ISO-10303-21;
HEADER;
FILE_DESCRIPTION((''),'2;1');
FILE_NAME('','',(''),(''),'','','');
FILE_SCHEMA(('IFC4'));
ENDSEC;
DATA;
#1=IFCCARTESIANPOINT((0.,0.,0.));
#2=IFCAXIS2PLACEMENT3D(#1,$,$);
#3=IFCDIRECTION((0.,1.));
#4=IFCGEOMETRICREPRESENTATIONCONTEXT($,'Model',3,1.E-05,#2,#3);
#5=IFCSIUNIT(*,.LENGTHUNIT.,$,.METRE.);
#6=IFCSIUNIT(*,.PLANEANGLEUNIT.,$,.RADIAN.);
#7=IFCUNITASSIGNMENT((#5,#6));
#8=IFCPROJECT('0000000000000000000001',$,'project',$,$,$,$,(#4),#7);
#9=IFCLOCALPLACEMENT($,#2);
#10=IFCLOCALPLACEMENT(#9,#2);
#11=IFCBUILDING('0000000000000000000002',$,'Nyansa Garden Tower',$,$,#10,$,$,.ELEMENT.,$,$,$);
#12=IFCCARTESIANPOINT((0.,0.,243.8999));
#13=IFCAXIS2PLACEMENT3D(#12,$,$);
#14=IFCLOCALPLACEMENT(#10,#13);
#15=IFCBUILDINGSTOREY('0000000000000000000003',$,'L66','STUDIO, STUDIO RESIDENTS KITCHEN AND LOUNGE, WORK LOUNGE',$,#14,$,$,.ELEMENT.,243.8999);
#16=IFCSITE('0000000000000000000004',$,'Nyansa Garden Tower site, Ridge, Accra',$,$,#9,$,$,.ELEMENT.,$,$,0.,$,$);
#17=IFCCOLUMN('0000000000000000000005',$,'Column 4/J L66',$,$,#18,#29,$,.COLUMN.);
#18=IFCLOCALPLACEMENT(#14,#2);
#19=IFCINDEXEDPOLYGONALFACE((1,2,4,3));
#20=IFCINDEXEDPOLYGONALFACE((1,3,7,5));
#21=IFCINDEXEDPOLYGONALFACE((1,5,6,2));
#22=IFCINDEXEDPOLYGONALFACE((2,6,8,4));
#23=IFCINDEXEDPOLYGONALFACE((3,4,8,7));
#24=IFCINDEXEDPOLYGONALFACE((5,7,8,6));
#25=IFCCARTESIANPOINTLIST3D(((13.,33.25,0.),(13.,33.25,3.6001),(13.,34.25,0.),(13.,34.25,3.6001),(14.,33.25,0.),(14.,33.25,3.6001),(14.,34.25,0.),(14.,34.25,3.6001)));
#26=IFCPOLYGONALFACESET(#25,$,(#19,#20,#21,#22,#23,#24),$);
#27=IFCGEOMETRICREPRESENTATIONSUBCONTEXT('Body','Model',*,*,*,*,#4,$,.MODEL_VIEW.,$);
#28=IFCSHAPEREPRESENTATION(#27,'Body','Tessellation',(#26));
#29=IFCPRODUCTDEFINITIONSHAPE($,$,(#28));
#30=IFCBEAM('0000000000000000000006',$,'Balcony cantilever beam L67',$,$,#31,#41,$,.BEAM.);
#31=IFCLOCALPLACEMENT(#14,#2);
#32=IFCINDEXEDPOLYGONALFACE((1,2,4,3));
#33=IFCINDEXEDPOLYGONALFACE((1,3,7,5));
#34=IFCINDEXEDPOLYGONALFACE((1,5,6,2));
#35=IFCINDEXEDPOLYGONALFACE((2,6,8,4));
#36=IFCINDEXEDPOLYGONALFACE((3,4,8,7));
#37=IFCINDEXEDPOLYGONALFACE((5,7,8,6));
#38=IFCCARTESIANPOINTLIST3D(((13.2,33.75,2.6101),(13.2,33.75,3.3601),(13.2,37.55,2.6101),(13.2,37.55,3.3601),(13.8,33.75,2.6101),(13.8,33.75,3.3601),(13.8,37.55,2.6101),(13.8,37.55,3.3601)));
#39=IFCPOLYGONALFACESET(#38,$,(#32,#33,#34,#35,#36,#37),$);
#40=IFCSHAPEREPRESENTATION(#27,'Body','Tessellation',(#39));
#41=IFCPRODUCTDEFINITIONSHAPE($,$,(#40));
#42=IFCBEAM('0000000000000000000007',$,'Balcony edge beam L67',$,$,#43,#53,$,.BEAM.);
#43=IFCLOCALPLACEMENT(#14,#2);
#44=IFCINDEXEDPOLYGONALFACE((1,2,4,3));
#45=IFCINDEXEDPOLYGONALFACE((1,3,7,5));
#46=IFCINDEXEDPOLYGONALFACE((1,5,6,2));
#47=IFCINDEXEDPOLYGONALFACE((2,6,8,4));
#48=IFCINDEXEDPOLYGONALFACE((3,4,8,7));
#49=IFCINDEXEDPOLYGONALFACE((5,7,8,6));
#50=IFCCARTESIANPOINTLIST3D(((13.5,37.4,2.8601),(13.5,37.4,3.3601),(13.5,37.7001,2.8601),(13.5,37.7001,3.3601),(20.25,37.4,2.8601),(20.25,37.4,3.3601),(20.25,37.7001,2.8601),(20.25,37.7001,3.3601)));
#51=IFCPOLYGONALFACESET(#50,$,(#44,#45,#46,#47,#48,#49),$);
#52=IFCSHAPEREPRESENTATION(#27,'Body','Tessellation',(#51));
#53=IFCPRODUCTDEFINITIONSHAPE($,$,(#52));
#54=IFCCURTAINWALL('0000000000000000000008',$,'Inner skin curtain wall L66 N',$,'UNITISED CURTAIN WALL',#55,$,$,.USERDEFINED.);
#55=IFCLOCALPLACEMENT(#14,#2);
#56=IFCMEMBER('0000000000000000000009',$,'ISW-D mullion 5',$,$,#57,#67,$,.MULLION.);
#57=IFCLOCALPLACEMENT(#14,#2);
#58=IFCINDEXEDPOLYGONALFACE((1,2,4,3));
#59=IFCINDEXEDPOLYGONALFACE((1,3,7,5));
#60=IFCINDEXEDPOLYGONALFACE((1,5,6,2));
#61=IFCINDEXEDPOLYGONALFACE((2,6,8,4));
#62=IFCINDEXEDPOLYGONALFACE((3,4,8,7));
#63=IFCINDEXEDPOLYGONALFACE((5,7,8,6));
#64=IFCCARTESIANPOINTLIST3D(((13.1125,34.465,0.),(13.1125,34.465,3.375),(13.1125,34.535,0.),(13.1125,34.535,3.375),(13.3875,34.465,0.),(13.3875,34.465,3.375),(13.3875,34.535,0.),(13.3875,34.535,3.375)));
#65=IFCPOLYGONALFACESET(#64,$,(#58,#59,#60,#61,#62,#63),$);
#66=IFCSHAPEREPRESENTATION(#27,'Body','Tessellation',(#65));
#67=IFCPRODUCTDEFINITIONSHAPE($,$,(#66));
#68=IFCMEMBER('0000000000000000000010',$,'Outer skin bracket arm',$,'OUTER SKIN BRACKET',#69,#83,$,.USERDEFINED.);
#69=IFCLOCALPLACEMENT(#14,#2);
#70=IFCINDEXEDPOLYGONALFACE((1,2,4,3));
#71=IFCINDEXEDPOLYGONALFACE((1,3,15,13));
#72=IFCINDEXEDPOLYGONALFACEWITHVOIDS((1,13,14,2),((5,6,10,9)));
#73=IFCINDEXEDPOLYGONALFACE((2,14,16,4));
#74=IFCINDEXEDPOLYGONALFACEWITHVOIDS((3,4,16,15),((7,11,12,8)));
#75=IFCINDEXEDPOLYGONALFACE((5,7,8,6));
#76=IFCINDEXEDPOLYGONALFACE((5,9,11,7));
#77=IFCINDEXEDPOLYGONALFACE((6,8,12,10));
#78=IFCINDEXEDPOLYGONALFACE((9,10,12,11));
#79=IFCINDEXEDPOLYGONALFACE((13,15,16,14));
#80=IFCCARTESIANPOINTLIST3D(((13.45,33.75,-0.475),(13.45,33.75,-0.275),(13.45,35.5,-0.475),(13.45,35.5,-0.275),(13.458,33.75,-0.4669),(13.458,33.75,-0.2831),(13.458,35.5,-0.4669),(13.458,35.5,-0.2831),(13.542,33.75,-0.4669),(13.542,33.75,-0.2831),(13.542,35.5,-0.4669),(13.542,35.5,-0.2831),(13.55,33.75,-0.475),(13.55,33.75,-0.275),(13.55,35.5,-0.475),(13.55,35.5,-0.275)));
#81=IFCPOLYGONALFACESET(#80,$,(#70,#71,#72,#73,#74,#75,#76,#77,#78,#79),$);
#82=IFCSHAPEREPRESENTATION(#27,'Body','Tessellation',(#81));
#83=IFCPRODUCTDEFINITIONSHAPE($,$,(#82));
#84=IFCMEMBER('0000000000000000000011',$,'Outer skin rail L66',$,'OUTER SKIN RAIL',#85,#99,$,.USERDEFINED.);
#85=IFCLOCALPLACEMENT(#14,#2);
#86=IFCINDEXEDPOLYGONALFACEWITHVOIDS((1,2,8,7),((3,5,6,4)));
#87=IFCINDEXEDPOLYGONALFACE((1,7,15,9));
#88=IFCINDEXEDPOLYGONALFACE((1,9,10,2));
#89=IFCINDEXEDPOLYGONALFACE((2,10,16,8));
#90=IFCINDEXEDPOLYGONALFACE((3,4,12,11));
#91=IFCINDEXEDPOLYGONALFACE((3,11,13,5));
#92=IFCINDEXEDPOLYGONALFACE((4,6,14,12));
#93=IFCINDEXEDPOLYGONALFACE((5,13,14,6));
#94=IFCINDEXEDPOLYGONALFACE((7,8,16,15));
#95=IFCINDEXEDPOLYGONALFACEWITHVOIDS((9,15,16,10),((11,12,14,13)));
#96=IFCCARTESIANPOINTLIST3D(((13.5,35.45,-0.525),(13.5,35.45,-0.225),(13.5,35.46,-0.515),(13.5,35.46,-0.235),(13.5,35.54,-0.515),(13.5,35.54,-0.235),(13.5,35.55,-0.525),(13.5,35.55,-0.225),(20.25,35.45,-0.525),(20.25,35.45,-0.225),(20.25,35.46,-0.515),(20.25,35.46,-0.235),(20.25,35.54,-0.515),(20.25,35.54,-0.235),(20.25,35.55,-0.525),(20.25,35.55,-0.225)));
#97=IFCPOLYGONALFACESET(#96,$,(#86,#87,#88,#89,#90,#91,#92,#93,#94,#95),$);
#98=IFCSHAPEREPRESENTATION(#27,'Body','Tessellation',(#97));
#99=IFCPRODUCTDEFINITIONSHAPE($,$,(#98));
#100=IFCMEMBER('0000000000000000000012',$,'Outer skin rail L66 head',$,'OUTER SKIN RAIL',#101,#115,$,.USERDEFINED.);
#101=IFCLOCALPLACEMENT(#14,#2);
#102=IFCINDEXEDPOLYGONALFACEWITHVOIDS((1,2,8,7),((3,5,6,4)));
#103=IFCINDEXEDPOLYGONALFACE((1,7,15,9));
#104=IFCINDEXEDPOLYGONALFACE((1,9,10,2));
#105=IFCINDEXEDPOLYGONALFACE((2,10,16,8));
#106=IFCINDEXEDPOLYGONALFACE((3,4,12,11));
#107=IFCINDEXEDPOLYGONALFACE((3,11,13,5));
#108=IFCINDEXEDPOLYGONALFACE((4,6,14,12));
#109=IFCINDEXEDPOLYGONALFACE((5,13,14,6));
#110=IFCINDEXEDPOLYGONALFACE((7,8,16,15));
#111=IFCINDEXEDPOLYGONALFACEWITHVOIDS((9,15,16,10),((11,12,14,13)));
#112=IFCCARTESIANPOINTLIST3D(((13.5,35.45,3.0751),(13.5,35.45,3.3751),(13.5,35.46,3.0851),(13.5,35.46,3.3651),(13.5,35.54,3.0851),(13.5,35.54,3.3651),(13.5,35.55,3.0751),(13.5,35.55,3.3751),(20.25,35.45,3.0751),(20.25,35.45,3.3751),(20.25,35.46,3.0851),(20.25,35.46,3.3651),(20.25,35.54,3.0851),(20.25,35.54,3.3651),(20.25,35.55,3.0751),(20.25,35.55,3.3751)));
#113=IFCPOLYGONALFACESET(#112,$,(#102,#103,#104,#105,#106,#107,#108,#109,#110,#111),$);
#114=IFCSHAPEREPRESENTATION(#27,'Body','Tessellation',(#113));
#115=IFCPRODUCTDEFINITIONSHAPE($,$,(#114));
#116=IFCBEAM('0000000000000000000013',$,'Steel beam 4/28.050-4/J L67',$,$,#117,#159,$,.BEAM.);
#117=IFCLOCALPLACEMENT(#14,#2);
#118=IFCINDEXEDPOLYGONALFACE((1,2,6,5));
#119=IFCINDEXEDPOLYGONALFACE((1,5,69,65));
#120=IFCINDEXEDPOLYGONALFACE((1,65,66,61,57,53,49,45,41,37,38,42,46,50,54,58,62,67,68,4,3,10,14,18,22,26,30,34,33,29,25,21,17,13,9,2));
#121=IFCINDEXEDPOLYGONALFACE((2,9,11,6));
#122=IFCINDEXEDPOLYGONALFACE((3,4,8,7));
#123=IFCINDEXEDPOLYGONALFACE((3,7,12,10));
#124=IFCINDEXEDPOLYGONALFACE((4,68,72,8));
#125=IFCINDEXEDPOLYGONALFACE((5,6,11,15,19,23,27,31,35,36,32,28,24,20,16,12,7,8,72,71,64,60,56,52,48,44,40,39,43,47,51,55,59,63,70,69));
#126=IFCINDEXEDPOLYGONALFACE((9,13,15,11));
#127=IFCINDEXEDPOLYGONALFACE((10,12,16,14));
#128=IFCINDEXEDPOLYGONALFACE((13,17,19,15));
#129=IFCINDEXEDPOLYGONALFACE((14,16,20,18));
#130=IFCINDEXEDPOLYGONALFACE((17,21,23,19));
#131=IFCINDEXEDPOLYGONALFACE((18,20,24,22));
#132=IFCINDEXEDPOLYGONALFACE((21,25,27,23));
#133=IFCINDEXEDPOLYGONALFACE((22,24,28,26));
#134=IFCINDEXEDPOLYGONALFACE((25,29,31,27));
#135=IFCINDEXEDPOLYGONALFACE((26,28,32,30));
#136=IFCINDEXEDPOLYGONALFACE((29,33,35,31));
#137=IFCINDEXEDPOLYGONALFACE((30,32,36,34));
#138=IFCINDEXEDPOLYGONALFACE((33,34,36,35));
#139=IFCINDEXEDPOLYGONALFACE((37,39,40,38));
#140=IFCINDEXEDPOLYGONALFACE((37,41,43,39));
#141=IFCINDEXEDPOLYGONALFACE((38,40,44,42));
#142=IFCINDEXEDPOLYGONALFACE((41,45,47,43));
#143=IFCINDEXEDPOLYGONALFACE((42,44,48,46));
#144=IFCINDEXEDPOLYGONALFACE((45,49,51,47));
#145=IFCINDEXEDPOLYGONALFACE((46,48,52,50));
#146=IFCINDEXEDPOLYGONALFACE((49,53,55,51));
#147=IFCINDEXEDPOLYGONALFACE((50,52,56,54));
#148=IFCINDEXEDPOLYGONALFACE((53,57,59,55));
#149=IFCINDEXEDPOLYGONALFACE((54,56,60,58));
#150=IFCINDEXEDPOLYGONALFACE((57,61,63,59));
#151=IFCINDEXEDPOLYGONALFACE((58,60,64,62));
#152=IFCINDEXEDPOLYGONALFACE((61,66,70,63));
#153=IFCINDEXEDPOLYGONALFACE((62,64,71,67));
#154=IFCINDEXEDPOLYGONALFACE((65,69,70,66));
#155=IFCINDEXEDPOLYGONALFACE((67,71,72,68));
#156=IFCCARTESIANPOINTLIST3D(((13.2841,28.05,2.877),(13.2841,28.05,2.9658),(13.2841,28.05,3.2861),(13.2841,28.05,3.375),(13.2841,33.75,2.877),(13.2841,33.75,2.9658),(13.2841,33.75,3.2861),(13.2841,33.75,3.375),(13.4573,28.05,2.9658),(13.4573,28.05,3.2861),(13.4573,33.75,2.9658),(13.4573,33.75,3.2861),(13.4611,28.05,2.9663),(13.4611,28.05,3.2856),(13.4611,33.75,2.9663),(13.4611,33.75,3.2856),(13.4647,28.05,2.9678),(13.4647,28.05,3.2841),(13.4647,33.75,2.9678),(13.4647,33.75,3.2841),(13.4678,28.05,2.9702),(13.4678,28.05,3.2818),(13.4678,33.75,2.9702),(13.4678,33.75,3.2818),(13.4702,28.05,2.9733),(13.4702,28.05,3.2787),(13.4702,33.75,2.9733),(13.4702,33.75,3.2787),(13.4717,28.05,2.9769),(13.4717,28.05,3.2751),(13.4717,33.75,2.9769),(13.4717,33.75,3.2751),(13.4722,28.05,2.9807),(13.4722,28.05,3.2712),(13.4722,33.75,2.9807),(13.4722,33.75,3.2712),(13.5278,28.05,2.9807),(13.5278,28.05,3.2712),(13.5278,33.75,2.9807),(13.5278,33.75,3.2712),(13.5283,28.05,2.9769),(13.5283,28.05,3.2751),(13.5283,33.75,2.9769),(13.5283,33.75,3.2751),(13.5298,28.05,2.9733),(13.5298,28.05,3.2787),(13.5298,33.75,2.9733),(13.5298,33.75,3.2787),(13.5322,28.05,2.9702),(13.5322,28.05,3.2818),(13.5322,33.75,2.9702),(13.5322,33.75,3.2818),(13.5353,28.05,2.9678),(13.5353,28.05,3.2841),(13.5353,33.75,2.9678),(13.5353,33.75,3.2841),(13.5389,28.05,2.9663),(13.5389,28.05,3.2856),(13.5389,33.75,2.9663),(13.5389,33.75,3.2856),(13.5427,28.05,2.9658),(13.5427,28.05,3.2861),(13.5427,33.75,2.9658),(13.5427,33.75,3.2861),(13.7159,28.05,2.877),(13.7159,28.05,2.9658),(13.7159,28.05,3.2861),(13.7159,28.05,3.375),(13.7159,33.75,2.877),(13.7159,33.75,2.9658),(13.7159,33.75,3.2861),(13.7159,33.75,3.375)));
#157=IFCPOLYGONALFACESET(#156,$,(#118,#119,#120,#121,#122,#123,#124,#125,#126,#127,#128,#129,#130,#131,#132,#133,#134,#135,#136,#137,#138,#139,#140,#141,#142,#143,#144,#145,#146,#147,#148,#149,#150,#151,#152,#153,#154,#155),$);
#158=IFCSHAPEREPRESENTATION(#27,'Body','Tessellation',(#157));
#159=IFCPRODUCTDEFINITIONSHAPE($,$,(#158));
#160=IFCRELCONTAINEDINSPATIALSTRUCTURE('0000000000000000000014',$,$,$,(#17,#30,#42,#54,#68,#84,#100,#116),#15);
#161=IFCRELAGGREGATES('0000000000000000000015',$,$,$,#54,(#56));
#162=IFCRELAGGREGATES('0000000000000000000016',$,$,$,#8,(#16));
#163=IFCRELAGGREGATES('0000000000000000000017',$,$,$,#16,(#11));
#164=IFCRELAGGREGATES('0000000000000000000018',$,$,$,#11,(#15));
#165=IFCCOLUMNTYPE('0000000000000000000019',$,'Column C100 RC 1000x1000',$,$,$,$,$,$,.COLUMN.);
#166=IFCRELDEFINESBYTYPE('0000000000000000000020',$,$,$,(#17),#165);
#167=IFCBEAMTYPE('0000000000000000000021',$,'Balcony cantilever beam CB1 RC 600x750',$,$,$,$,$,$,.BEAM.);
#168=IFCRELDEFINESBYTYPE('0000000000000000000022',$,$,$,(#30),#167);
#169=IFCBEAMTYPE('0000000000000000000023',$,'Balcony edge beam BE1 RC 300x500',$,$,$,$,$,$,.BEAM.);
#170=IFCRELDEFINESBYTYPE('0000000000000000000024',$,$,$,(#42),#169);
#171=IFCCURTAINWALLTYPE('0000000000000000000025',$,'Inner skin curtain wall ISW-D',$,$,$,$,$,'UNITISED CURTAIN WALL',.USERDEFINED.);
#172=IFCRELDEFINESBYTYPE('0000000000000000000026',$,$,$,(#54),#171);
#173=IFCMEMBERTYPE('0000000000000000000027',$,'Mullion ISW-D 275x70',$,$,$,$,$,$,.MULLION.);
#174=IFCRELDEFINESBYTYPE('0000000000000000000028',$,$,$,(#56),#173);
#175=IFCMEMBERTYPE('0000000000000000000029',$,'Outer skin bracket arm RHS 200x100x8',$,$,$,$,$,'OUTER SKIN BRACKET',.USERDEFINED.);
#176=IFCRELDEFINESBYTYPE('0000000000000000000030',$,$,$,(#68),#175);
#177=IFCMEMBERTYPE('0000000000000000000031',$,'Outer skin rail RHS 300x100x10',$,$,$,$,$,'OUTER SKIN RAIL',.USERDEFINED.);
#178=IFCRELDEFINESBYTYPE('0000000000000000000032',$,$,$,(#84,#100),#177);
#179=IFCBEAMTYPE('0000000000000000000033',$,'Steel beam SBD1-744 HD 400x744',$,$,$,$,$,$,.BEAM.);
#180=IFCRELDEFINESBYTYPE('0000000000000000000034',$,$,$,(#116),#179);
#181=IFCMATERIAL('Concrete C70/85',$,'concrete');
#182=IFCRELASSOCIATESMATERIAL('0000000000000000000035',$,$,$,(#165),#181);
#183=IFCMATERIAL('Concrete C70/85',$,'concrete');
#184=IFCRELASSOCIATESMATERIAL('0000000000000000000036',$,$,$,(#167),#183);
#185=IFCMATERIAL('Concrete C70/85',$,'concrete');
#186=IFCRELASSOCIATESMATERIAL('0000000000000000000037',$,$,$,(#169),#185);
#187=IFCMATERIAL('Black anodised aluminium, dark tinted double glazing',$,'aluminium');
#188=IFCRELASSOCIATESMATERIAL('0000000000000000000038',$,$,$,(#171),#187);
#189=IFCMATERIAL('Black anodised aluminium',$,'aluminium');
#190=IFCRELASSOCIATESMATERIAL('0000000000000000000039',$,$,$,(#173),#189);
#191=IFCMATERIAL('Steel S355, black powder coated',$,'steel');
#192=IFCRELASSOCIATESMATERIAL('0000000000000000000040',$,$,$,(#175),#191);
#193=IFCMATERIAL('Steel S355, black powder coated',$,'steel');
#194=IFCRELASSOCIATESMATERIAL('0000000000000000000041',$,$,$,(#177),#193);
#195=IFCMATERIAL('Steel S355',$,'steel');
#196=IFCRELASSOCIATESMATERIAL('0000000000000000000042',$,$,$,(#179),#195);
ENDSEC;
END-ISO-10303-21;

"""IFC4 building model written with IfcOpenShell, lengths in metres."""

from ifc_helpers import new_model, si_unit, direction, frame, origin, origin_2d, place, context, subcontext, project, spatial, rectangle, hollow_rectangle, i_section, extrude, material, material_profile, profile_set, type_object, element, aggregate, save


model = new_model("IFC4")

# Units and contexts
model_context = context("Model", 3, precision=1e-05, world=origin(), true_north=direction((0.0, 1.0)))
body_context = subcontext(model_context, "Body", "Model", "MODEL_VIEW")
ifc_project = project(units=[si_unit("LENGTHUNIT", "METRE"), si_unit("PLANEANGLEUNIT", "RADIAN")], contexts=[model_context])

# Site, building, storey
site_placement = place(None, origin())
site = spatial("IfcSite", under=ifc_project, at=site_placement, Name="Nyansa Garden Tower site, Ridge, Accra", CompositionType="ELEMENT", RefElevation=0.0)
building_placement = place(site_placement, origin())
building = spatial("IfcBuilding", under=site, at=building_placement, Name="Nyansa Garden Tower", CompositionType="ELEMENT")
storey_placement = place(building_placement, frame((0.0, 0.0, 243.8999)))
storey = spatial("IfcBuildingStorey", under=building, at=storey_placement, Name="L66", Description="STUDIO, STUDIO RESIDENTS KITCHEN AND LOUNGE, WORK LOUNGE", CompositionType="ELEMENT", Elevation=243.8999)

# Column
ifc_material_1 = material(Name="Concrete C70/85", Category="concrete")
ifc_material_profile_1 = material_profile(ifc_material_1, rectangle(XDim=1.0, YDim=1.0, at=origin_2d()), Name="RC 1000x1000")
ifc_profile_set_1 = profile_set([ifc_material_profile_1], Name="Concrete C70/85")
column_type = type_object("IfcColumnType", Name="Column C100 RC 1000x1000", PredefinedType="COLUMN", material=ifc_profile_set_1)
column_placement = place(storey_placement, frame((13.5, 33.75, 0.0), z_axis=(0.0, 0.0, 1.0), x_axis=(1.0, 0.0, 0.0)))
element("IfcColumn", 1, at=column_placement, inside=storey, type_object=column_type, Name="Column 4/J L66", PredefinedType="COLUMN", context=body_context, shape_type="SweptSolid", body=[
    extrude(rectangle(XDim=1.0, YDim=1.0, at=origin_2d()), origin(), (0.0, 0.0, 1.0), 3.6001),
])

# Beams
ifc_material_2 = material(Name="Concrete C70/85", Category="concrete")
ifc_material_profile_2 = material_profile(ifc_material_2, rectangle(XDim=0.6001, YDim=0.75, at=origin_2d()), Name="RC 600x750")
ifc_profile_set_2 = profile_set([ifc_material_profile_2], Name="Concrete C70/85")
beam_type_1 = type_object("IfcBeamType", Name="Balcony cantilever beam CB1 RC 600x750", PredefinedType="BEAM", material=ifc_profile_set_2)
beam_1_placement = place(storey_placement, frame((13.5, 33.75, 2.9851), z_axis=(0.0, 1.0, 0.0), x_axis=(-1.0, 0.0, 0.0)))
element("IfcBeam", 2, at=beam_1_placement, inside=storey, type_object=beam_type_1, Name="Balcony cantilever beam L67", PredefinedType="BEAM", context=body_context, shape_type="SweptSolid", body=[
    extrude(rectangle(XDim=0.6001, YDim=0.75, at=origin_2d()), origin(), (0.0, 0.0, 1.0), 3.8),
])
ifc_material_3 = material(Name="Concrete C70/85", Category="concrete")
ifc_material_profile_3 = material_profile(ifc_material_3, rectangle(XDim=0.3, YDim=0.5, at=origin_2d()), Name="RC 300x500")
ifc_profile_set_3 = profile_set([ifc_material_profile_3], Name="Concrete C70/85")
beam_type_2 = type_object("IfcBeamType", Name="Balcony edge beam BE1 RC 300x500", PredefinedType="BEAM", material=ifc_profile_set_3)
beam_2_placement = place(storey_placement, frame((13.5, 37.55, 3.1101), z_axis=(1.0, 0.0, 0.0), x_axis=(0.0, 1.0, 0.0)))
element("IfcBeam", 3, at=beam_2_placement, inside=storey, type_object=beam_type_2, Name="Balcony edge beam L67", PredefinedType="BEAM", context=body_context, shape_type="SweptSolid", body=[
    extrude(rectangle(XDim=0.3, YDim=0.5, at=origin_2d()), origin(), (0.0, 0.0, 1.0), 6.75),
])

# Curtain wall, member
ifc_material_4 = material(Name="Black anodised aluminium, dark tinted double glazing", Category="aluminium")
curtain_wall_type = type_object("IfcCurtainWallType", Name="Inner skin curtain wall ISW-D", ElementType="UNITISED CURTAIN WALL", PredefinedType="USERDEFINED", material=ifc_material_4)
curtain_wall_placement = place(storey_placement, origin())
curtain_wall = element("IfcCurtainWall", 4, at=curtain_wall_placement, inside=storey, type_object=curtain_wall_type, Name="Inner skin curtain wall L66 N", ObjectType="UNITISED CURTAIN WALL", PredefinedType="USERDEFINED")
ifc_material_5 = material(Name="Black anodised aluminium", Category="aluminium")
ifc_material_profile_4 = material_profile(ifc_material_5, rectangle(XDim=0.0701, YDim=0.2749, at=origin_2d()), Name="Mullion 275x70")
ifc_profile_set_4 = profile_set([ifc_material_profile_4], Name="Black anodised aluminium")
member_type_1 = type_object("IfcMemberType", Name="Mullion ISW-D 275x70", PredefinedType="MULLION", material=ifc_profile_set_4)
member_1_placement = place(storey_placement, frame((13.25, 34.5, 0.0), z_axis=(0.0, 0.0, 1.0), x_axis=(0.0, -1.0, 0.0)))
member_1 = element("IfcMember", 5, at=member_1_placement, type_object=member_type_1, Name="ISW-D mullion 5", PredefinedType="MULLION", context=body_context, shape_type="SweptSolid", body=[
    extrude(rectangle(XDim=0.0701, YDim=0.2749, at=origin_2d()), origin(), (0.0, 0.0, 1.0), 3.375),
])

# Members
ifc_material_6 = material(Name="Steel S355, black powder coated", Category="steel")
ifc_material_profile_5 = material_profile(ifc_material_6, hollow_rectangle(XDim=0.1001, YDim=0.2, WallThickness=0.0081, at=origin_2d()), Name="RHS 200x100x8")
ifc_profile_set_5 = profile_set([ifc_material_profile_5], Name="Steel S355, black powder coated")
member_type_2 = type_object("IfcMemberType", Name="Outer skin bracket arm RHS 200x100x8", ElementType="OUTER SKIN BRACKET", PredefinedType="USERDEFINED", material=ifc_profile_set_5)
member_2_placement = place(storey_placement, frame((13.5, 33.75, -0.375), z_axis=(0.0, 1.0, 0.0), x_axis=(-1.0, 0.0, 0.0)))
element("IfcMember", 6, at=member_2_placement, inside=storey, type_object=member_type_2, Name="Outer skin bracket arm", ObjectType="OUTER SKIN BRACKET", PredefinedType="USERDEFINED", context=body_context, shape_type="SweptSolid", body=[
    extrude(hollow_rectangle(XDim=0.1001, YDim=0.2, WallThickness=0.0081, at=origin_2d()), origin(), (0.0, 0.0, 1.0), 1.75),
])
ifc_material_7 = material(Name="Steel S355, black powder coated", Category="steel")
ifc_material_profile_6 = material_profile(ifc_material_7, hollow_rectangle(XDim=0.1001, YDim=0.3, WallThickness=0.01, at=origin_2d()), Name="RHS 300x100x10")
ifc_profile_set_6 = profile_set([ifc_material_profile_6], Name="Steel S355, black powder coated")
member_type_3 = type_object("IfcMemberType", Name="Outer skin rail RHS 300x100x10", ElementType="OUTER SKIN RAIL", PredefinedType="USERDEFINED", material=ifc_profile_set_6)
for number, where, z_axis, x_axis, name in (
    (7, (13.5, 35.5, -0.375), (1.0, 0.0, 0.0), (0.0, 1.0, 0.0), "Outer skin rail L66"),
    (8, (13.5, 35.5, 3.2251), (1.0, 0.0, 0.0), (0.0, 1.0, 0.0), "Outer skin rail L66 head"),
):
    element("IfcMember", number, at=place(storey_placement, frame(where, z_axis=z_axis, x_axis=x_axis)), inside=storey, type_object=member_type_3, Name=name, ObjectType="OUTER SKIN RAIL", PredefinedType="USERDEFINED", context=body_context, shape_type="SweptSolid", body=[
        extrude(hollow_rectangle(XDim=0.1001, YDim=0.3, WallThickness=0.01, at=origin_2d()), origin(), (0.0, 0.0, 1.0), 6.75),
    ])

# Beam
ifc_material_8 = material(Name="Steel S355", Category="steel")
ifc_material_profile_7 = material_profile(ifc_material_8, i_section(OverallWidth=0.4319, OverallDepth=0.498, WebThickness=0.0557, FlangeThickness=0.0889, FilletRadius=0.0149, at=origin_2d()), Name="HD 400x744")
ifc_profile_set_7 = profile_set([ifc_material_profile_7], Name="Steel S355")
beam_type_3 = type_object("IfcBeamType", Name="Steel beam SBD1-744 HD 400x744", PredefinedType="BEAM", material=ifc_profile_set_7)
beam_3_placement = place(storey_placement, frame((13.5, 28.05, 3.126), z_axis=(0.0, 1.0, 0.0), x_axis=(-1.0, 0.0, 0.0)))
element("IfcBeam", 9, at=beam_3_placement, inside=storey, type_object=beam_type_3, Name="Steel beam 4/28.050-4/J L67", PredefinedType="BEAM", context=body_context, shape_type="SweptSolid", body=[
    extrude(i_section(OverallWidth=0.4319, OverallDepth=0.498, WebThickness=0.0557, FlangeThickness=0.0889, FilletRadius=0.0149, at=origin_2d()), origin(), (0.0, 0.0, 1.0), 5.7),
])

aggregate(curtain_wall, [member_1])

save(model, "model.ifc")
